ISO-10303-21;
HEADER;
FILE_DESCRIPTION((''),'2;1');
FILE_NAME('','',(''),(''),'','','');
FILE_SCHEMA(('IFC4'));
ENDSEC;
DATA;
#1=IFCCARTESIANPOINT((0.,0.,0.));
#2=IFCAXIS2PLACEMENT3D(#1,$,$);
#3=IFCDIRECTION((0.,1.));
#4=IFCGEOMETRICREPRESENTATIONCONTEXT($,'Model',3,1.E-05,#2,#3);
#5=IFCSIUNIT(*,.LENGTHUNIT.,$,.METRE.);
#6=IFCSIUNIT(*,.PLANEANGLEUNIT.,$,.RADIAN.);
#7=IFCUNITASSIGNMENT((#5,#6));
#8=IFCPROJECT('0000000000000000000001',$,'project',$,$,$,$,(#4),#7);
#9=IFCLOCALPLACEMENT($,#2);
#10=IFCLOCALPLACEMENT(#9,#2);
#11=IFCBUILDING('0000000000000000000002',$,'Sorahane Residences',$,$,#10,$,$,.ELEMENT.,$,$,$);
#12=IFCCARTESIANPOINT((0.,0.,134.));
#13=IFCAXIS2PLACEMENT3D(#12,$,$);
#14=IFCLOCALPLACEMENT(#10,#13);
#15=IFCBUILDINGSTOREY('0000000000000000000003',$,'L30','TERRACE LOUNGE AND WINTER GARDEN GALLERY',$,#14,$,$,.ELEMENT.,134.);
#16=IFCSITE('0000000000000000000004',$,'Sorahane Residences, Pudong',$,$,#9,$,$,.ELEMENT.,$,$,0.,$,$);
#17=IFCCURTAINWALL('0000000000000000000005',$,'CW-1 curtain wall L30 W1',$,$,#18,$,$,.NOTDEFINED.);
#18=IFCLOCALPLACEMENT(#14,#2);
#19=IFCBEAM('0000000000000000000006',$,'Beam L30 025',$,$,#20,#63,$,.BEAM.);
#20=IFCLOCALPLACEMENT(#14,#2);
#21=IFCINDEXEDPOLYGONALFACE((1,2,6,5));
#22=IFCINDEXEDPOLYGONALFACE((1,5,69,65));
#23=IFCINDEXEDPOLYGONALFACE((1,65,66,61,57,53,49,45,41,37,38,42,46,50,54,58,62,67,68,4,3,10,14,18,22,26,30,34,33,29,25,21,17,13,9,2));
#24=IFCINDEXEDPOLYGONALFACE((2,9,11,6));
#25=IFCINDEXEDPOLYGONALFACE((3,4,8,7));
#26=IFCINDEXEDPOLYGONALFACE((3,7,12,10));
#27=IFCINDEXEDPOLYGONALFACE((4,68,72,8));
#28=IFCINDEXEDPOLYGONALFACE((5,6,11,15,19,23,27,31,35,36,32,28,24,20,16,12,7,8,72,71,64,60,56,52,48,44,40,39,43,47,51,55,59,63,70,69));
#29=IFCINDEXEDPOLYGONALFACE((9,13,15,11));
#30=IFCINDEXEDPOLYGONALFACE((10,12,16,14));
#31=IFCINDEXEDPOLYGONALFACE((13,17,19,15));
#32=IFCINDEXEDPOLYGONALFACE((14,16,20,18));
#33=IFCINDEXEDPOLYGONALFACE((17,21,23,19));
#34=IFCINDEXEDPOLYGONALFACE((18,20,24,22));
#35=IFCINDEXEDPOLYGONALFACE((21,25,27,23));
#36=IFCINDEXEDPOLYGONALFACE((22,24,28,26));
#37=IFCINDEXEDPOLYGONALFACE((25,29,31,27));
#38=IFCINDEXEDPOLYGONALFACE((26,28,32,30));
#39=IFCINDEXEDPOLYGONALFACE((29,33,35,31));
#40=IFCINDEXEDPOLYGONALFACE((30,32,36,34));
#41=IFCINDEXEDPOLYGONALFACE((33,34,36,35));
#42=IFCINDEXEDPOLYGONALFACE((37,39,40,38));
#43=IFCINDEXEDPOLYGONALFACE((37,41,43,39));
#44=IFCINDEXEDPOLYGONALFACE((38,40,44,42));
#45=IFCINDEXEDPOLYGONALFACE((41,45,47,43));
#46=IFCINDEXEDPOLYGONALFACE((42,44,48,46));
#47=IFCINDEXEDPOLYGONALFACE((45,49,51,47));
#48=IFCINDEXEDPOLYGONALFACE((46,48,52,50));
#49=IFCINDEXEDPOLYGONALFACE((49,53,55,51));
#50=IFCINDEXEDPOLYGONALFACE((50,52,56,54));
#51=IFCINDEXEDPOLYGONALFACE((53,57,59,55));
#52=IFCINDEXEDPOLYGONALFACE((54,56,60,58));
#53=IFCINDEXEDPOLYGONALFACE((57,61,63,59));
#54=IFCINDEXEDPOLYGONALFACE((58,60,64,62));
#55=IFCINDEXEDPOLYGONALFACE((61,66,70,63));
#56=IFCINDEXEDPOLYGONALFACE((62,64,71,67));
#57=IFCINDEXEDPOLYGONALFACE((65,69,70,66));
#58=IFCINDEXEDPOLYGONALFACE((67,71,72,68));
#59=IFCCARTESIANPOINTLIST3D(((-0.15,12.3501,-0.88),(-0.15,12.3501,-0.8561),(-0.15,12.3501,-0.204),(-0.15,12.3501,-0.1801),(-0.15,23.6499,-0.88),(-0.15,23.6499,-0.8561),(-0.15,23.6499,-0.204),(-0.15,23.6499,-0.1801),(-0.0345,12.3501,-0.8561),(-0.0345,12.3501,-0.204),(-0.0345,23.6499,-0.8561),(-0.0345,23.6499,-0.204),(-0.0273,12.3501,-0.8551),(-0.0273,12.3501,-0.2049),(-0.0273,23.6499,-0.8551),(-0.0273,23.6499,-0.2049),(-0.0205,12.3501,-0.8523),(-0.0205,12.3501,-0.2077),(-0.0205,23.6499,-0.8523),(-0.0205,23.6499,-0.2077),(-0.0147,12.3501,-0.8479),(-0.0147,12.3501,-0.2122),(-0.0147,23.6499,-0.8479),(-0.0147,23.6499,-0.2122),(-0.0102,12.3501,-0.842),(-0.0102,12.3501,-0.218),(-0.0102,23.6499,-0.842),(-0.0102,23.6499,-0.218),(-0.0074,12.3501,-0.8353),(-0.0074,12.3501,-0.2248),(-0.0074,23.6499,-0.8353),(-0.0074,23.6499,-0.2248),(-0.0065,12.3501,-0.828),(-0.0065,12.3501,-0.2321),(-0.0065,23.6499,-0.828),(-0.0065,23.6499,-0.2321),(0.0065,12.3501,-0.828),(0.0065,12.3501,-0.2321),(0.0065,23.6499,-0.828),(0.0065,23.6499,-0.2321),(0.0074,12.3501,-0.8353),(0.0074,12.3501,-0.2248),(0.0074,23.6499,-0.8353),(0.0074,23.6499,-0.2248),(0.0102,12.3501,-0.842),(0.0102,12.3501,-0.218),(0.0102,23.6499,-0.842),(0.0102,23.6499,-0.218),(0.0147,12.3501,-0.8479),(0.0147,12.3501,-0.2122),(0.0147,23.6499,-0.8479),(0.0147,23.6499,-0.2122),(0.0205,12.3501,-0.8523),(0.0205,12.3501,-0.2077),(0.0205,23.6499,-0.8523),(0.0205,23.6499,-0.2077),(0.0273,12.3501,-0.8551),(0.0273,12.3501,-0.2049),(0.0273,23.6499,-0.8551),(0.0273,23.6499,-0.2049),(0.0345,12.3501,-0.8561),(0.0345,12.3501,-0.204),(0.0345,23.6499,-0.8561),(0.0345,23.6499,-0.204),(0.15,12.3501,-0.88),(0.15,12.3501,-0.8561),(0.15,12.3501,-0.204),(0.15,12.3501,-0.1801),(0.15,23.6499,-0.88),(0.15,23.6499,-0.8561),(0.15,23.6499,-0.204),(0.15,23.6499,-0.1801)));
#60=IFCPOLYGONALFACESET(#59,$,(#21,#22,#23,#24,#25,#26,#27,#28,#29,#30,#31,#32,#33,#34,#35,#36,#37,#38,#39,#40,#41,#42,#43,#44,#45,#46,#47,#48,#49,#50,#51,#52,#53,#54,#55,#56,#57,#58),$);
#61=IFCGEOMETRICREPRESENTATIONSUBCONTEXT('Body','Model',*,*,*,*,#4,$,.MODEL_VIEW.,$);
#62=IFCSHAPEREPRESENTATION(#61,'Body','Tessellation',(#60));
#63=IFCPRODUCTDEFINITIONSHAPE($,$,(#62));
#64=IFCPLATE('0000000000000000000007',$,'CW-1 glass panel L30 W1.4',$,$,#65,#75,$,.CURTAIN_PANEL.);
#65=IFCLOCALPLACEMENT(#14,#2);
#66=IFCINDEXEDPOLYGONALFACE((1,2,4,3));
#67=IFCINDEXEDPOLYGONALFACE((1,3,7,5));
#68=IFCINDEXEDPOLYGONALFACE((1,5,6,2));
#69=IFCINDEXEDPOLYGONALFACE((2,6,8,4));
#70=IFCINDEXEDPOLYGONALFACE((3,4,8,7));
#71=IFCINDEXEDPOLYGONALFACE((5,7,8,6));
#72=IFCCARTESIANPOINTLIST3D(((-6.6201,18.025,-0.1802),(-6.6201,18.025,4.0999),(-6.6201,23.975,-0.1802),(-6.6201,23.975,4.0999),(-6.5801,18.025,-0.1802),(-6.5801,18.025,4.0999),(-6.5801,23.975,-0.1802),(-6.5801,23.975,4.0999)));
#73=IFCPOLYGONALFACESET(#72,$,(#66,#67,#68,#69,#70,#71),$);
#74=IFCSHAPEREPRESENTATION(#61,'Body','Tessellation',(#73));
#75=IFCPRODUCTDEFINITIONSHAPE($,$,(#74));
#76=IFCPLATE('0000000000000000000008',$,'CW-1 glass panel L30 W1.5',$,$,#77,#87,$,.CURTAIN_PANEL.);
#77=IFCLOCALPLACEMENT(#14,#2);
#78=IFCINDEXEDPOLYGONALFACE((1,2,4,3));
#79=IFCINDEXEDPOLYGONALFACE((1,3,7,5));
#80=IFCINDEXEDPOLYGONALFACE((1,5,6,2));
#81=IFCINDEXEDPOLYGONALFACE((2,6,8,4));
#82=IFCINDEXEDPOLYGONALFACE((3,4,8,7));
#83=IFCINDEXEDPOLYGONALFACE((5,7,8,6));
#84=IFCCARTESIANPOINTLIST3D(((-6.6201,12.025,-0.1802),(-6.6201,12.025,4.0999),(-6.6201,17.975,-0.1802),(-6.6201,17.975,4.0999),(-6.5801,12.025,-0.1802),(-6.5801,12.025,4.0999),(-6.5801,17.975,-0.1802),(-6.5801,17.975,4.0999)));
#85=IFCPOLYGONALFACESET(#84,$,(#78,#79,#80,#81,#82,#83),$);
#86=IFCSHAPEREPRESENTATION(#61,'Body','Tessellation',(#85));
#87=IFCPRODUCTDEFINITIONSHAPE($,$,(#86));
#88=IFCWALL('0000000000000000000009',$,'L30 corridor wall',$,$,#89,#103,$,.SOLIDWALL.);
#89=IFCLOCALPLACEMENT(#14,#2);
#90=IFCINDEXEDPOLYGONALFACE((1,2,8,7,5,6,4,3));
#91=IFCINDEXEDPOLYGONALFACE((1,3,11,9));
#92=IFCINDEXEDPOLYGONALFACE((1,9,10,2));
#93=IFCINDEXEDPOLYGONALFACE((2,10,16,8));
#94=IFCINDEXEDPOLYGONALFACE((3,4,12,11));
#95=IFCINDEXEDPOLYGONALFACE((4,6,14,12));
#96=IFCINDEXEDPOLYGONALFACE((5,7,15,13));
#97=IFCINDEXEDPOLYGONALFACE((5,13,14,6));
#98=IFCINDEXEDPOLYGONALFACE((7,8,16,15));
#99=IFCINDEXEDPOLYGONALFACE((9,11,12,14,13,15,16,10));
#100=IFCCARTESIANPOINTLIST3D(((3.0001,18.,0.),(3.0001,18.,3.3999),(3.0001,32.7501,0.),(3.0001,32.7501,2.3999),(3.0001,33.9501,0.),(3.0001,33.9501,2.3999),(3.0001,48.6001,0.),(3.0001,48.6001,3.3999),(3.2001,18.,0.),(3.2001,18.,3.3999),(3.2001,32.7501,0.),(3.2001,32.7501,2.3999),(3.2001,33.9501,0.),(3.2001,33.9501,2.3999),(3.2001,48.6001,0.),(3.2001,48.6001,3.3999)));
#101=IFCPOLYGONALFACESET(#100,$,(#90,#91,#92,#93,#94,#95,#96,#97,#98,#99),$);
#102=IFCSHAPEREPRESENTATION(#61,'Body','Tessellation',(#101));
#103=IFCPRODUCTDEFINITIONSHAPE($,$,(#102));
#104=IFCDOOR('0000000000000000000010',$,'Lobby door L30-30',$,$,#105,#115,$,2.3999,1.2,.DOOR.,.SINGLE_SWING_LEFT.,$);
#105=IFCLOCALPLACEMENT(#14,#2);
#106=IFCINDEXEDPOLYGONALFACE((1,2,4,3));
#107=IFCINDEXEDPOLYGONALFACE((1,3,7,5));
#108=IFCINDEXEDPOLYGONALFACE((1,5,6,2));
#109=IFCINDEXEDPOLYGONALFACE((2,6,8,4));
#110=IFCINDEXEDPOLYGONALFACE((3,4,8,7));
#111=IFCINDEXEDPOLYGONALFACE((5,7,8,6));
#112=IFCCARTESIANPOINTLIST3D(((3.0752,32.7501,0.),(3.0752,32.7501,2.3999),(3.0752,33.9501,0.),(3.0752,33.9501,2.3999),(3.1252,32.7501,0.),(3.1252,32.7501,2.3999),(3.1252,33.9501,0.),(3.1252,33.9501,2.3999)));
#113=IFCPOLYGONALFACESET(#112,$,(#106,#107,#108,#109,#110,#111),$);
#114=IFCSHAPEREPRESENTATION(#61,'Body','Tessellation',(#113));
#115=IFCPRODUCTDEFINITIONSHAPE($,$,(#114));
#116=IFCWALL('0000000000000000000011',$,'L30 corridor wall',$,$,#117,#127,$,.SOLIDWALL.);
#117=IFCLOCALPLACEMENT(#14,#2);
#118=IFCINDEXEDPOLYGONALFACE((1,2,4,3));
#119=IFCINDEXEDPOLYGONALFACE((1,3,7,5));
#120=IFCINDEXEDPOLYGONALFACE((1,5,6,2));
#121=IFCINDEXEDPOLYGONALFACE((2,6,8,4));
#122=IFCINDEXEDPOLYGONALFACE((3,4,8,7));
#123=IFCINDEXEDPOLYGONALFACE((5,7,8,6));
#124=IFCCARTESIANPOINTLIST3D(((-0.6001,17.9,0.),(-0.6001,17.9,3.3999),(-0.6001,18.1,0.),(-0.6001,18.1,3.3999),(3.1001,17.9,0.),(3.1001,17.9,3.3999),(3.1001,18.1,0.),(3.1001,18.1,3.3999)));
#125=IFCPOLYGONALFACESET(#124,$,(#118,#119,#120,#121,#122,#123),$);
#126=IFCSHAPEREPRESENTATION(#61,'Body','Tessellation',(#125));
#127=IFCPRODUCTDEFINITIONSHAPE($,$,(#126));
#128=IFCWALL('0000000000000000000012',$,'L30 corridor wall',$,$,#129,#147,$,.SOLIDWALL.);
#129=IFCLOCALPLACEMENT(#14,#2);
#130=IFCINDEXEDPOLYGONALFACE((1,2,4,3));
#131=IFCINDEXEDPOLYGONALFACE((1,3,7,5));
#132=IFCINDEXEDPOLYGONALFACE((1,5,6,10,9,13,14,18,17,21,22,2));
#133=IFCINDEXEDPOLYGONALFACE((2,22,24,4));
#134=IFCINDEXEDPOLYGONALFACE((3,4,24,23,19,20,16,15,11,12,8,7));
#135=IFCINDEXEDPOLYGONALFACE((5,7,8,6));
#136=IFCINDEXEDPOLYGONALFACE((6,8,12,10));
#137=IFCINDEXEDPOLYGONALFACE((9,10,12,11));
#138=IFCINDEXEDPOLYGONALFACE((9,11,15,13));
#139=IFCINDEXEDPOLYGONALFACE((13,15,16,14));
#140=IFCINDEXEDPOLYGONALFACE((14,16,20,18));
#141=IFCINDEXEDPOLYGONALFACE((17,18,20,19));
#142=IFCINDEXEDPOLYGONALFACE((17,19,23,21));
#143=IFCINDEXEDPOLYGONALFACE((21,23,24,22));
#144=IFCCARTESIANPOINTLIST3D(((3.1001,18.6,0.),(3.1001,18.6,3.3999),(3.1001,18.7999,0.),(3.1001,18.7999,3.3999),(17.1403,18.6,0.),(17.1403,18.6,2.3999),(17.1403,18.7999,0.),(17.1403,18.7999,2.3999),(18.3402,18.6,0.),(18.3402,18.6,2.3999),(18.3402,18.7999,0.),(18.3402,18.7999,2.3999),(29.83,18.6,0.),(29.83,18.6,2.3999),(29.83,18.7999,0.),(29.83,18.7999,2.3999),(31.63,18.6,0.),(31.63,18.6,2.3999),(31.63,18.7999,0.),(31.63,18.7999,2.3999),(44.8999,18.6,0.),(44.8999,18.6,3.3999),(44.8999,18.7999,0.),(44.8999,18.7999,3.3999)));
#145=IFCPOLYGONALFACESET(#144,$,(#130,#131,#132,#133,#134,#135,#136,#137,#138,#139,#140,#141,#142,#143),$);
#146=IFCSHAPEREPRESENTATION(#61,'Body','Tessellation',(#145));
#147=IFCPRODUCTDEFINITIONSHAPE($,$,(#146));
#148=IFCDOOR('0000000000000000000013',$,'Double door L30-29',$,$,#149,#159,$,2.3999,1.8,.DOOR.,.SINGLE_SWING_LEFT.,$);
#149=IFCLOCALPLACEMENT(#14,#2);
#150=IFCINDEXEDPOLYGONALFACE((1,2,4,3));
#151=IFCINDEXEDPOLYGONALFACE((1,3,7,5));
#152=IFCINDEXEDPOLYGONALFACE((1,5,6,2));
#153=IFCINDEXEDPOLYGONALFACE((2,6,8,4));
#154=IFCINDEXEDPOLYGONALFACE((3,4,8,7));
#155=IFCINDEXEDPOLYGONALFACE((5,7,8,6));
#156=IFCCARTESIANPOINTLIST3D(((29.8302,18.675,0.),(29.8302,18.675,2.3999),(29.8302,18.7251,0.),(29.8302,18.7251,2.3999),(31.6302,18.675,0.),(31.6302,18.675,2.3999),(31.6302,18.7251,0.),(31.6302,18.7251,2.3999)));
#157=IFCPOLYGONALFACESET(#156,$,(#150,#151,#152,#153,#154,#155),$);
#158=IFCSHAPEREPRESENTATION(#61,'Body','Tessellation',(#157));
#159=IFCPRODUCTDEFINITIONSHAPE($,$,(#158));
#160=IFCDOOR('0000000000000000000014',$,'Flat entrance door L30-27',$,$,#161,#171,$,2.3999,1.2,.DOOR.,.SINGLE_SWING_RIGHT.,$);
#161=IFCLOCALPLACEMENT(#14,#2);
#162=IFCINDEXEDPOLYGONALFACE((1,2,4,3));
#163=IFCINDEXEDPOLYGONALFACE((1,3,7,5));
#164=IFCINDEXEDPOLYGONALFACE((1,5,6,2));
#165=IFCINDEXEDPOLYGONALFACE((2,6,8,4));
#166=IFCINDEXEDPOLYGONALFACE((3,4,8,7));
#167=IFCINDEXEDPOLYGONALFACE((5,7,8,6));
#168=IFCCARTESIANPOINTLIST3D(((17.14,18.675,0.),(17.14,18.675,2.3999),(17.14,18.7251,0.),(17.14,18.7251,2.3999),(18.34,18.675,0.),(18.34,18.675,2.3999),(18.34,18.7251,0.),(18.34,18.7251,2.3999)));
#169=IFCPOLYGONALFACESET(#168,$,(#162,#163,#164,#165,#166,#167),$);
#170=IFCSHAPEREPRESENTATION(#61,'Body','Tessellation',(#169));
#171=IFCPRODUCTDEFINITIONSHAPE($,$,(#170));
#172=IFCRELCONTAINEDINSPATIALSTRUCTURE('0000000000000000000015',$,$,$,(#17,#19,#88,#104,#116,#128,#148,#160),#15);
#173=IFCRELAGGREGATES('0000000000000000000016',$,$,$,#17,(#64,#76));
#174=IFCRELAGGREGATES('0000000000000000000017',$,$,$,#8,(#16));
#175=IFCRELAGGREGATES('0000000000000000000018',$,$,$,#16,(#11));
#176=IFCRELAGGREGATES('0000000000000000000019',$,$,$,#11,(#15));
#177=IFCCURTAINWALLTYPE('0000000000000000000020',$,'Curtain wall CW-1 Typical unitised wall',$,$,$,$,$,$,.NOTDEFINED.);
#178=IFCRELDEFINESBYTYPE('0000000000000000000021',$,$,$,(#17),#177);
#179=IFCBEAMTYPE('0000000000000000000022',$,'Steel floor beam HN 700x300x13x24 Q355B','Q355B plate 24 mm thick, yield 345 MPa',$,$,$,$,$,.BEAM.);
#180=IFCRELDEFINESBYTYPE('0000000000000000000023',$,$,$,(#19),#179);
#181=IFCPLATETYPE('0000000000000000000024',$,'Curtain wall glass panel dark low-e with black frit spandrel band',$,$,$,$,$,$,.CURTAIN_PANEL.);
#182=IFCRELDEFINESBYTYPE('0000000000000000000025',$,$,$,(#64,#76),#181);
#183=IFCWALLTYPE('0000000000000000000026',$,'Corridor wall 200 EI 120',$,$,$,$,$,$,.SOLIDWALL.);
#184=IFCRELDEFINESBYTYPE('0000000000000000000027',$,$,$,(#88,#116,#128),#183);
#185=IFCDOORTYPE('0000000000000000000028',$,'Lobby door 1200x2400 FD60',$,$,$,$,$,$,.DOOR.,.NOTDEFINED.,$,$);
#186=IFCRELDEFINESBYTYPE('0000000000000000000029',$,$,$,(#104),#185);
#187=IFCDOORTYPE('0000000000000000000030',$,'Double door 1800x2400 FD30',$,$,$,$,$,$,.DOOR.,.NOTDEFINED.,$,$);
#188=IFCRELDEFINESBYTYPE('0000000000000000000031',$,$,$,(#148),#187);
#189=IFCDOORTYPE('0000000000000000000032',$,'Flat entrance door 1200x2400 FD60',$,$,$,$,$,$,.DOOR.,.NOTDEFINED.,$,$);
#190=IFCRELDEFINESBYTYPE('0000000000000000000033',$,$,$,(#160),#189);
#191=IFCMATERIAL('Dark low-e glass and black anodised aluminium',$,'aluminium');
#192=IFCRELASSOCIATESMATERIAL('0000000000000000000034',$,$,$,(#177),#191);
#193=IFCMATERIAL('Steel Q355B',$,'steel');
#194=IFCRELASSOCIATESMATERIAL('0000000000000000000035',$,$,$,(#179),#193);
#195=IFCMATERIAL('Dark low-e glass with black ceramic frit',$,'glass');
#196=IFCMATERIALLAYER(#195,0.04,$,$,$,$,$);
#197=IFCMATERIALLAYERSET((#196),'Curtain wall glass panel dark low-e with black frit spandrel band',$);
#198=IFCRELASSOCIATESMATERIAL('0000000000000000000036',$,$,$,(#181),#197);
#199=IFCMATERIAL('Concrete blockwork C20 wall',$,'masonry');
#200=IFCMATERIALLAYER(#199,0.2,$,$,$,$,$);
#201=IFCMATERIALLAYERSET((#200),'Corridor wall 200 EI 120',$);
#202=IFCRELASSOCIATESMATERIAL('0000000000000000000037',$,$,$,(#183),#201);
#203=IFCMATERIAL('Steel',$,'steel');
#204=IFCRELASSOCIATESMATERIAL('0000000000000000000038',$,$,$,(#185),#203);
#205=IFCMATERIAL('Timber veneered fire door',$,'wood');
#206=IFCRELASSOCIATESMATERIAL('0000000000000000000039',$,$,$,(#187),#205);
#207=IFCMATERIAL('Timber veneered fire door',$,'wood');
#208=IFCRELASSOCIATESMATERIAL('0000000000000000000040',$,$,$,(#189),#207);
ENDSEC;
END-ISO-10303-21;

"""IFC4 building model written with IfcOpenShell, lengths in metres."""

from ifc_helpers import new_model, si_unit, direction, frame, frame_2d, origin, origin_2d, place, context, subcontext, project, spatial, rectangle, i_section, extrude, material, layer, layer_set, material_profile, profile_set, type_object, element, fill, aggregate, save


model = new_model("IFC4")

# Units and contexts
model_context = context("Model", 3, precision=1e-05, world=origin(), true_north=direction((0.0, 1.0)))
body_context = subcontext(model_context, "Body", "Model", "MODEL_VIEW")
ifc_project = project(units=[si_unit("LENGTHUNIT", "METRE"), si_unit("PLANEANGLEUNIT", "RADIAN")], contexts=[model_context])

# Site, building, storey
site_placement = place(None, origin())
site = spatial("IfcSite", under=ifc_project, at=site_placement, Name="Sorahane Residences, Pudong", CompositionType="ELEMENT", RefElevation=0.0)
building_placement = place(site_placement, origin())
building = spatial("IfcBuilding", under=site, at=building_placement, Name="Sorahane Residences", CompositionType="ELEMENT")
storey_placement = place(building_placement, frame((0.0, 0.0, 134.0)))
storey = spatial("IfcBuildingStorey", under=building, at=storey_placement, Name="L30", Description="TERRACE LOUNGE AND WINTER GARDEN GALLERY", CompositionType="ELEMENT", Elevation=134.0)

# Curtain wall
ifc_material_1 = material(Name="Dark low-e glass and black anodised aluminium", Category="aluminium")
curtain_wall_type = type_object("IfcCurtainWallType", Name="Curtain wall CW-1 Typical unitised wall", PredefinedType="NOTDEFINED", material=ifc_material_1)
curtain_wall_placement = place(storey_placement, origin())
curtain_wall = element("IfcCurtainWall", 1, at=curtain_wall_placement, inside=storey, type_object=curtain_wall_type, Name="CW-1 curtain wall L30 W1", PredefinedType="NOTDEFINED")

# Beam
ifc_material_2 = material(Name="Steel Q355B", Category="steel")
ifc_material_profile_1 = material_profile(ifc_material_2, i_section(OverallWidth=0.3, OverallDepth=0.7, WebThickness=0.0129, FlangeThickness=0.0239, FilletRadius=0.0281, at=origin_2d()), Name="HN 700x300x13x24")
ifc_profile_set_1 = profile_set([ifc_material_profile_1], Name="Steel Q355B")
beam_type_1 = type_object("IfcBeamType", Name="Steel floor beam HN 700x300x13x24 Q355B", Description="Q355B plate 24 mm thick, yield 345 MPa", PredefinedType="BEAM", material=ifc_profile_set_1)
beam_1_placement = place(storey_placement, frame((0.0, 12.3501, -0.53), z_axis=(0.0, 1.0, 0.0), x_axis=(-1.0, 0.0, 0.0)))
element("IfcBeam", 2, at=beam_1_placement, inside=storey, type_object=beam_type_1, Name="Beam L30 025", PredefinedType="BEAM", context=body_context, shape_type="SweptSolid", body=[
    extrude(i_section(OverallWidth=0.3, OverallDepth=0.7, WebThickness=0.0129, FlangeThickness=0.0239, FilletRadius=0.0281, at=origin_2d()), origin(), (0.0, 0.0, 1.0), 11.2998),
])

# Plates
ifc_material_3 = material(Name="Dark low-e glass with black ceramic frit", Category="glass")
ifc_layer_1 = layer(ifc_material_3, 0.04)
ifc_layer_set_1 = layer_set([ifc_layer_1], Name="Curtain wall glass panel dark low-e with black frit spandrel band")
plate_type = type_object("IfcPlateType", Name="Curtain wall glass panel dark low-e with black frit spandrel band", PredefinedType="CURTAIN_PANEL", material=ifc_layer_set_1)
plate_1_placement = place(storey_placement, frame((-6.6001, 21.0, -0.1802), z_axis=(0.0, 0.0, 1.0), x_axis=(0.0, -1.0, 0.0)))
plate_1 = element("IfcPlate", 3, at=plate_1_placement, type_object=plate_type, Name="CW-1 glass panel L30 W1.4", PredefinedType="CURTAIN_PANEL", context=body_context, shape_type="SweptSolid", body=[
    extrude(rectangle(XDim=5.95, YDim=0.04, at=origin_2d()), origin(), (0.0, 0.0, 1.0), 4.28),
])
plate_2_placement = place(storey_placement, frame((-6.6001, 15.0, -0.1802), z_axis=(0.0, 0.0, 1.0), x_axis=(0.0, -1.0, 0.0)))
plate_2 = element("IfcPlate", 4, at=plate_2_placement, type_object=plate_type, Name="CW-1 glass panel L30 W1.5", PredefinedType="CURTAIN_PANEL", context=body_context, shape_type="SweptSolid", body=[
    extrude(rectangle(XDim=5.95, YDim=0.04, at=origin_2d()), origin(), (0.0, 0.0, 1.0), 4.28),
])
aggregate(curtain_wall, [plate_1, plate_2])

# Wall, opening, door
ifc_material_4 = material(Name="Concrete blockwork C20 wall", Category="masonry")
ifc_layer_2 = layer(ifc_material_4, 0.2)
ifc_layer_set_2 = layer_set([ifc_layer_2], Name="Corridor wall 200 EI 120")
wall_type_1 = type_object("IfcWallType", Name="Corridor wall 200 EI 120", PredefinedType="SOLIDWALL", material=ifc_layer_set_2)
wall_1_placement = place(storey_placement, frame((3.1001, 18.0, 0.0), z_axis=(0.0, 0.0, 1.0), x_axis=(0.0, 1.0, 0.0)))
wall_1 = element("IfcWall", 5, at=wall_1_placement, inside=storey, type_object=wall_type_1, Name="L30 corridor wall", PredefinedType="SOLIDWALL", context=body_context, shape_type="SweptSolid", body=[
    extrude(rectangle(XDim=30.6001, YDim=0.2, at=frame_2d((15.3, 0.0))), origin(), (0.0, 0.0, 1.0), 3.3999),
])
opening_1_placement = place(wall_1_placement, frame((14.75, 0.0, 0.0)))
opening_1 = element("IfcOpeningElement", 6, at=opening_1_placement, cuts=wall_1, PredefinedType="OPENING", context=body_context, shape_type="SweptSolid", body=[
    extrude(rectangle(XDim=1.2, YDim=2.3999, at=frame_2d((0.6001, 1.2))), frame((0.0, 0.1099, 0.0), z_axis=(0.0, -1.0, 0.0), x_axis=(1.0, 0.0, 0.0)), (0.0, 0.0, 1.0), 0.22),
])
ifc_material_5 = material(Name="Steel", Category="steel")
door_type_1 = type_object("IfcDoorType", Name="Lobby door 1200x2400 FD60", OperationType="NOTDEFINED", PredefinedType="DOOR", material=ifc_material_5)
door_1_placement = place(opening_1_placement, origin())
door_1 = element("IfcDoor", 7, at=door_1_placement, inside=storey, type_object=door_type_1, Name="Lobby door L30-30", OperationType="SINGLE_SWING_LEFT", OverallHeight=2.3999, OverallWidth=1.2, PredefinedType="DOOR", context=body_context, shape_type="SweptSolid", body=[
    extrude(rectangle(XDim=1.2, YDim=2.3999, at=frame_2d((0.6001, 1.2))), frame((0.0, 0.0249, 0.0), z_axis=(0.0, -1.0, 0.0), x_axis=(1.0, 0.0, 0.0)), (0.0, 0.0, 1.0), 0.05),
])
fill(opening_1, door_1)

# Wall
wall_2_placement = place(storey_placement, frame((-0.6001, 18.0, 0.0), z_axis=(0.0, 0.0, 1.0), x_axis=(1.0, 0.0, 0.0)))
element("IfcWall", 8, at=wall_2_placement, inside=storey, type_object=wall_type_1, Name="L30 corridor wall", PredefinedType="SOLIDWALL", context=body_context, shape_type="SweptSolid", body=[
    extrude(rectangle(XDim=3.7002, YDim=0.2, at=frame_2d((1.8501, 0.0))), origin(), (0.0, 0.0, 1.0), 3.3999),
])

# Wall, openings, doors
wall_3_placement = place(storey_placement, frame((3.1001, 18.7, 0.0), z_axis=(0.0, 0.0, 1.0), x_axis=(1.0, 0.0, 0.0)))
wall_3 = element("IfcWall", 9, at=wall_3_placement, inside=storey, type_object=wall_type_1, Name="L30 corridor wall", PredefinedType="SOLIDWALL", context=body_context, shape_type="SweptSolid", body=[
    extrude(rectangle(XDim=41.7998, YDim=0.2, at=frame_2d((20.8999, 0.0))), origin(), (0.0, 0.0, 1.0), 3.3999),
])
opening_2_placement = place(wall_3_placement, frame((14.04, 0.0, 0.0)))
opening_2 = element("IfcOpeningElement", 10, at=opening_2_placement, cuts=wall_3, PredefinedType="OPENING", context=body_context, shape_type="SweptSolid", body=[
    extrude(rectangle(XDim=1.2, YDim=2.3999, at=frame_2d((0.6001, 1.2))), frame((0.0, 0.1099, 0.0), z_axis=(0.0, -1.0, 0.0), x_axis=(1.0, 0.0, 0.0)), (0.0, 0.0, 1.0), 0.22),
])
opening_3_placement = place(wall_3_placement, frame((26.73, 0.0, 0.0)))
opening_3 = element("IfcOpeningElement", 11, at=opening_3_placement, cuts=wall_3, PredefinedType="OPENING", context=body_context, shape_type="SweptSolid", body=[
    extrude(rectangle(XDim=1.8, YDim=2.3999, at=frame_2d((0.8999, 1.2))), frame((0.0, 0.1099, 0.0), z_axis=(0.0, -1.0, 0.0), x_axis=(1.0, 0.0, 0.0)), (0.0, 0.0, 1.0), 0.22),
])
ifc_material_6 = material(Name="Timber veneered fire door", Category="wood")
door_type_2 = type_object("IfcDoorType", Name="Double door 1800x2400 FD30", OperationType="NOTDEFINED", PredefinedType="DOOR", material=ifc_material_6)
door_2_placement = place(opening_3_placement, frame((1.8, 0.0, 0.0), z_axis=(0.0, 0.0, 1.0), x_axis=(-1.0, 0.0, 0.0)))
door_2 = element("IfcDoor", 12, at=door_2_placement, inside=storey, type_object=door_type_2, Name="Double door L30-29", OperationType="SINGLE_SWING_LEFT", OverallHeight=2.3999, OverallWidth=1.8, PredefinedType="DOOR", context=body_context, shape_type="SweptSolid", body=[
    extrude(rectangle(XDim=1.8, YDim=2.3999, at=frame_2d((0.8999, 1.2))), frame((0.0, 0.0249, 0.0), z_axis=(0.0, -1.0, 0.0), x_axis=(1.0, 0.0, 0.0)), (0.0, 0.0, 1.0), 0.05),
])
fill(opening_3, door_2)
ifc_material_7 = material(Name="Timber veneered fire door", Category="wood")
door_type_3 = type_object("IfcDoorType", Name="Flat entrance door 1200x2400 FD60", OperationType="NOTDEFINED", PredefinedType="DOOR", material=ifc_material_7)
door_3_placement = place(opening_2_placement, frame((1.2, 0.0, 0.0), z_axis=(0.0, 0.0, 1.0), x_axis=(-1.0, 0.0, 0.0)))
door_3 = element("IfcDoor", 13, at=door_3_placement, inside=storey, type_object=door_type_3, Name="Flat entrance door L30-27", OperationType="SINGLE_SWING_RIGHT", OverallHeight=2.3999, OverallWidth=1.2, PredefinedType="DOOR", context=body_context, shape_type="SweptSolid", body=[
    extrude(rectangle(XDim=1.2, YDim=2.3999, at=frame_2d((0.6001, 1.2))), frame((0.0, 0.0249, 0.0), z_axis=(0.0, -1.0, 0.0), x_axis=(1.0, 0.0, 0.0)), (0.0, 0.0, 1.0), 0.05),
])
fill(opening_2, door_3)

save(model, "model.ifc")
